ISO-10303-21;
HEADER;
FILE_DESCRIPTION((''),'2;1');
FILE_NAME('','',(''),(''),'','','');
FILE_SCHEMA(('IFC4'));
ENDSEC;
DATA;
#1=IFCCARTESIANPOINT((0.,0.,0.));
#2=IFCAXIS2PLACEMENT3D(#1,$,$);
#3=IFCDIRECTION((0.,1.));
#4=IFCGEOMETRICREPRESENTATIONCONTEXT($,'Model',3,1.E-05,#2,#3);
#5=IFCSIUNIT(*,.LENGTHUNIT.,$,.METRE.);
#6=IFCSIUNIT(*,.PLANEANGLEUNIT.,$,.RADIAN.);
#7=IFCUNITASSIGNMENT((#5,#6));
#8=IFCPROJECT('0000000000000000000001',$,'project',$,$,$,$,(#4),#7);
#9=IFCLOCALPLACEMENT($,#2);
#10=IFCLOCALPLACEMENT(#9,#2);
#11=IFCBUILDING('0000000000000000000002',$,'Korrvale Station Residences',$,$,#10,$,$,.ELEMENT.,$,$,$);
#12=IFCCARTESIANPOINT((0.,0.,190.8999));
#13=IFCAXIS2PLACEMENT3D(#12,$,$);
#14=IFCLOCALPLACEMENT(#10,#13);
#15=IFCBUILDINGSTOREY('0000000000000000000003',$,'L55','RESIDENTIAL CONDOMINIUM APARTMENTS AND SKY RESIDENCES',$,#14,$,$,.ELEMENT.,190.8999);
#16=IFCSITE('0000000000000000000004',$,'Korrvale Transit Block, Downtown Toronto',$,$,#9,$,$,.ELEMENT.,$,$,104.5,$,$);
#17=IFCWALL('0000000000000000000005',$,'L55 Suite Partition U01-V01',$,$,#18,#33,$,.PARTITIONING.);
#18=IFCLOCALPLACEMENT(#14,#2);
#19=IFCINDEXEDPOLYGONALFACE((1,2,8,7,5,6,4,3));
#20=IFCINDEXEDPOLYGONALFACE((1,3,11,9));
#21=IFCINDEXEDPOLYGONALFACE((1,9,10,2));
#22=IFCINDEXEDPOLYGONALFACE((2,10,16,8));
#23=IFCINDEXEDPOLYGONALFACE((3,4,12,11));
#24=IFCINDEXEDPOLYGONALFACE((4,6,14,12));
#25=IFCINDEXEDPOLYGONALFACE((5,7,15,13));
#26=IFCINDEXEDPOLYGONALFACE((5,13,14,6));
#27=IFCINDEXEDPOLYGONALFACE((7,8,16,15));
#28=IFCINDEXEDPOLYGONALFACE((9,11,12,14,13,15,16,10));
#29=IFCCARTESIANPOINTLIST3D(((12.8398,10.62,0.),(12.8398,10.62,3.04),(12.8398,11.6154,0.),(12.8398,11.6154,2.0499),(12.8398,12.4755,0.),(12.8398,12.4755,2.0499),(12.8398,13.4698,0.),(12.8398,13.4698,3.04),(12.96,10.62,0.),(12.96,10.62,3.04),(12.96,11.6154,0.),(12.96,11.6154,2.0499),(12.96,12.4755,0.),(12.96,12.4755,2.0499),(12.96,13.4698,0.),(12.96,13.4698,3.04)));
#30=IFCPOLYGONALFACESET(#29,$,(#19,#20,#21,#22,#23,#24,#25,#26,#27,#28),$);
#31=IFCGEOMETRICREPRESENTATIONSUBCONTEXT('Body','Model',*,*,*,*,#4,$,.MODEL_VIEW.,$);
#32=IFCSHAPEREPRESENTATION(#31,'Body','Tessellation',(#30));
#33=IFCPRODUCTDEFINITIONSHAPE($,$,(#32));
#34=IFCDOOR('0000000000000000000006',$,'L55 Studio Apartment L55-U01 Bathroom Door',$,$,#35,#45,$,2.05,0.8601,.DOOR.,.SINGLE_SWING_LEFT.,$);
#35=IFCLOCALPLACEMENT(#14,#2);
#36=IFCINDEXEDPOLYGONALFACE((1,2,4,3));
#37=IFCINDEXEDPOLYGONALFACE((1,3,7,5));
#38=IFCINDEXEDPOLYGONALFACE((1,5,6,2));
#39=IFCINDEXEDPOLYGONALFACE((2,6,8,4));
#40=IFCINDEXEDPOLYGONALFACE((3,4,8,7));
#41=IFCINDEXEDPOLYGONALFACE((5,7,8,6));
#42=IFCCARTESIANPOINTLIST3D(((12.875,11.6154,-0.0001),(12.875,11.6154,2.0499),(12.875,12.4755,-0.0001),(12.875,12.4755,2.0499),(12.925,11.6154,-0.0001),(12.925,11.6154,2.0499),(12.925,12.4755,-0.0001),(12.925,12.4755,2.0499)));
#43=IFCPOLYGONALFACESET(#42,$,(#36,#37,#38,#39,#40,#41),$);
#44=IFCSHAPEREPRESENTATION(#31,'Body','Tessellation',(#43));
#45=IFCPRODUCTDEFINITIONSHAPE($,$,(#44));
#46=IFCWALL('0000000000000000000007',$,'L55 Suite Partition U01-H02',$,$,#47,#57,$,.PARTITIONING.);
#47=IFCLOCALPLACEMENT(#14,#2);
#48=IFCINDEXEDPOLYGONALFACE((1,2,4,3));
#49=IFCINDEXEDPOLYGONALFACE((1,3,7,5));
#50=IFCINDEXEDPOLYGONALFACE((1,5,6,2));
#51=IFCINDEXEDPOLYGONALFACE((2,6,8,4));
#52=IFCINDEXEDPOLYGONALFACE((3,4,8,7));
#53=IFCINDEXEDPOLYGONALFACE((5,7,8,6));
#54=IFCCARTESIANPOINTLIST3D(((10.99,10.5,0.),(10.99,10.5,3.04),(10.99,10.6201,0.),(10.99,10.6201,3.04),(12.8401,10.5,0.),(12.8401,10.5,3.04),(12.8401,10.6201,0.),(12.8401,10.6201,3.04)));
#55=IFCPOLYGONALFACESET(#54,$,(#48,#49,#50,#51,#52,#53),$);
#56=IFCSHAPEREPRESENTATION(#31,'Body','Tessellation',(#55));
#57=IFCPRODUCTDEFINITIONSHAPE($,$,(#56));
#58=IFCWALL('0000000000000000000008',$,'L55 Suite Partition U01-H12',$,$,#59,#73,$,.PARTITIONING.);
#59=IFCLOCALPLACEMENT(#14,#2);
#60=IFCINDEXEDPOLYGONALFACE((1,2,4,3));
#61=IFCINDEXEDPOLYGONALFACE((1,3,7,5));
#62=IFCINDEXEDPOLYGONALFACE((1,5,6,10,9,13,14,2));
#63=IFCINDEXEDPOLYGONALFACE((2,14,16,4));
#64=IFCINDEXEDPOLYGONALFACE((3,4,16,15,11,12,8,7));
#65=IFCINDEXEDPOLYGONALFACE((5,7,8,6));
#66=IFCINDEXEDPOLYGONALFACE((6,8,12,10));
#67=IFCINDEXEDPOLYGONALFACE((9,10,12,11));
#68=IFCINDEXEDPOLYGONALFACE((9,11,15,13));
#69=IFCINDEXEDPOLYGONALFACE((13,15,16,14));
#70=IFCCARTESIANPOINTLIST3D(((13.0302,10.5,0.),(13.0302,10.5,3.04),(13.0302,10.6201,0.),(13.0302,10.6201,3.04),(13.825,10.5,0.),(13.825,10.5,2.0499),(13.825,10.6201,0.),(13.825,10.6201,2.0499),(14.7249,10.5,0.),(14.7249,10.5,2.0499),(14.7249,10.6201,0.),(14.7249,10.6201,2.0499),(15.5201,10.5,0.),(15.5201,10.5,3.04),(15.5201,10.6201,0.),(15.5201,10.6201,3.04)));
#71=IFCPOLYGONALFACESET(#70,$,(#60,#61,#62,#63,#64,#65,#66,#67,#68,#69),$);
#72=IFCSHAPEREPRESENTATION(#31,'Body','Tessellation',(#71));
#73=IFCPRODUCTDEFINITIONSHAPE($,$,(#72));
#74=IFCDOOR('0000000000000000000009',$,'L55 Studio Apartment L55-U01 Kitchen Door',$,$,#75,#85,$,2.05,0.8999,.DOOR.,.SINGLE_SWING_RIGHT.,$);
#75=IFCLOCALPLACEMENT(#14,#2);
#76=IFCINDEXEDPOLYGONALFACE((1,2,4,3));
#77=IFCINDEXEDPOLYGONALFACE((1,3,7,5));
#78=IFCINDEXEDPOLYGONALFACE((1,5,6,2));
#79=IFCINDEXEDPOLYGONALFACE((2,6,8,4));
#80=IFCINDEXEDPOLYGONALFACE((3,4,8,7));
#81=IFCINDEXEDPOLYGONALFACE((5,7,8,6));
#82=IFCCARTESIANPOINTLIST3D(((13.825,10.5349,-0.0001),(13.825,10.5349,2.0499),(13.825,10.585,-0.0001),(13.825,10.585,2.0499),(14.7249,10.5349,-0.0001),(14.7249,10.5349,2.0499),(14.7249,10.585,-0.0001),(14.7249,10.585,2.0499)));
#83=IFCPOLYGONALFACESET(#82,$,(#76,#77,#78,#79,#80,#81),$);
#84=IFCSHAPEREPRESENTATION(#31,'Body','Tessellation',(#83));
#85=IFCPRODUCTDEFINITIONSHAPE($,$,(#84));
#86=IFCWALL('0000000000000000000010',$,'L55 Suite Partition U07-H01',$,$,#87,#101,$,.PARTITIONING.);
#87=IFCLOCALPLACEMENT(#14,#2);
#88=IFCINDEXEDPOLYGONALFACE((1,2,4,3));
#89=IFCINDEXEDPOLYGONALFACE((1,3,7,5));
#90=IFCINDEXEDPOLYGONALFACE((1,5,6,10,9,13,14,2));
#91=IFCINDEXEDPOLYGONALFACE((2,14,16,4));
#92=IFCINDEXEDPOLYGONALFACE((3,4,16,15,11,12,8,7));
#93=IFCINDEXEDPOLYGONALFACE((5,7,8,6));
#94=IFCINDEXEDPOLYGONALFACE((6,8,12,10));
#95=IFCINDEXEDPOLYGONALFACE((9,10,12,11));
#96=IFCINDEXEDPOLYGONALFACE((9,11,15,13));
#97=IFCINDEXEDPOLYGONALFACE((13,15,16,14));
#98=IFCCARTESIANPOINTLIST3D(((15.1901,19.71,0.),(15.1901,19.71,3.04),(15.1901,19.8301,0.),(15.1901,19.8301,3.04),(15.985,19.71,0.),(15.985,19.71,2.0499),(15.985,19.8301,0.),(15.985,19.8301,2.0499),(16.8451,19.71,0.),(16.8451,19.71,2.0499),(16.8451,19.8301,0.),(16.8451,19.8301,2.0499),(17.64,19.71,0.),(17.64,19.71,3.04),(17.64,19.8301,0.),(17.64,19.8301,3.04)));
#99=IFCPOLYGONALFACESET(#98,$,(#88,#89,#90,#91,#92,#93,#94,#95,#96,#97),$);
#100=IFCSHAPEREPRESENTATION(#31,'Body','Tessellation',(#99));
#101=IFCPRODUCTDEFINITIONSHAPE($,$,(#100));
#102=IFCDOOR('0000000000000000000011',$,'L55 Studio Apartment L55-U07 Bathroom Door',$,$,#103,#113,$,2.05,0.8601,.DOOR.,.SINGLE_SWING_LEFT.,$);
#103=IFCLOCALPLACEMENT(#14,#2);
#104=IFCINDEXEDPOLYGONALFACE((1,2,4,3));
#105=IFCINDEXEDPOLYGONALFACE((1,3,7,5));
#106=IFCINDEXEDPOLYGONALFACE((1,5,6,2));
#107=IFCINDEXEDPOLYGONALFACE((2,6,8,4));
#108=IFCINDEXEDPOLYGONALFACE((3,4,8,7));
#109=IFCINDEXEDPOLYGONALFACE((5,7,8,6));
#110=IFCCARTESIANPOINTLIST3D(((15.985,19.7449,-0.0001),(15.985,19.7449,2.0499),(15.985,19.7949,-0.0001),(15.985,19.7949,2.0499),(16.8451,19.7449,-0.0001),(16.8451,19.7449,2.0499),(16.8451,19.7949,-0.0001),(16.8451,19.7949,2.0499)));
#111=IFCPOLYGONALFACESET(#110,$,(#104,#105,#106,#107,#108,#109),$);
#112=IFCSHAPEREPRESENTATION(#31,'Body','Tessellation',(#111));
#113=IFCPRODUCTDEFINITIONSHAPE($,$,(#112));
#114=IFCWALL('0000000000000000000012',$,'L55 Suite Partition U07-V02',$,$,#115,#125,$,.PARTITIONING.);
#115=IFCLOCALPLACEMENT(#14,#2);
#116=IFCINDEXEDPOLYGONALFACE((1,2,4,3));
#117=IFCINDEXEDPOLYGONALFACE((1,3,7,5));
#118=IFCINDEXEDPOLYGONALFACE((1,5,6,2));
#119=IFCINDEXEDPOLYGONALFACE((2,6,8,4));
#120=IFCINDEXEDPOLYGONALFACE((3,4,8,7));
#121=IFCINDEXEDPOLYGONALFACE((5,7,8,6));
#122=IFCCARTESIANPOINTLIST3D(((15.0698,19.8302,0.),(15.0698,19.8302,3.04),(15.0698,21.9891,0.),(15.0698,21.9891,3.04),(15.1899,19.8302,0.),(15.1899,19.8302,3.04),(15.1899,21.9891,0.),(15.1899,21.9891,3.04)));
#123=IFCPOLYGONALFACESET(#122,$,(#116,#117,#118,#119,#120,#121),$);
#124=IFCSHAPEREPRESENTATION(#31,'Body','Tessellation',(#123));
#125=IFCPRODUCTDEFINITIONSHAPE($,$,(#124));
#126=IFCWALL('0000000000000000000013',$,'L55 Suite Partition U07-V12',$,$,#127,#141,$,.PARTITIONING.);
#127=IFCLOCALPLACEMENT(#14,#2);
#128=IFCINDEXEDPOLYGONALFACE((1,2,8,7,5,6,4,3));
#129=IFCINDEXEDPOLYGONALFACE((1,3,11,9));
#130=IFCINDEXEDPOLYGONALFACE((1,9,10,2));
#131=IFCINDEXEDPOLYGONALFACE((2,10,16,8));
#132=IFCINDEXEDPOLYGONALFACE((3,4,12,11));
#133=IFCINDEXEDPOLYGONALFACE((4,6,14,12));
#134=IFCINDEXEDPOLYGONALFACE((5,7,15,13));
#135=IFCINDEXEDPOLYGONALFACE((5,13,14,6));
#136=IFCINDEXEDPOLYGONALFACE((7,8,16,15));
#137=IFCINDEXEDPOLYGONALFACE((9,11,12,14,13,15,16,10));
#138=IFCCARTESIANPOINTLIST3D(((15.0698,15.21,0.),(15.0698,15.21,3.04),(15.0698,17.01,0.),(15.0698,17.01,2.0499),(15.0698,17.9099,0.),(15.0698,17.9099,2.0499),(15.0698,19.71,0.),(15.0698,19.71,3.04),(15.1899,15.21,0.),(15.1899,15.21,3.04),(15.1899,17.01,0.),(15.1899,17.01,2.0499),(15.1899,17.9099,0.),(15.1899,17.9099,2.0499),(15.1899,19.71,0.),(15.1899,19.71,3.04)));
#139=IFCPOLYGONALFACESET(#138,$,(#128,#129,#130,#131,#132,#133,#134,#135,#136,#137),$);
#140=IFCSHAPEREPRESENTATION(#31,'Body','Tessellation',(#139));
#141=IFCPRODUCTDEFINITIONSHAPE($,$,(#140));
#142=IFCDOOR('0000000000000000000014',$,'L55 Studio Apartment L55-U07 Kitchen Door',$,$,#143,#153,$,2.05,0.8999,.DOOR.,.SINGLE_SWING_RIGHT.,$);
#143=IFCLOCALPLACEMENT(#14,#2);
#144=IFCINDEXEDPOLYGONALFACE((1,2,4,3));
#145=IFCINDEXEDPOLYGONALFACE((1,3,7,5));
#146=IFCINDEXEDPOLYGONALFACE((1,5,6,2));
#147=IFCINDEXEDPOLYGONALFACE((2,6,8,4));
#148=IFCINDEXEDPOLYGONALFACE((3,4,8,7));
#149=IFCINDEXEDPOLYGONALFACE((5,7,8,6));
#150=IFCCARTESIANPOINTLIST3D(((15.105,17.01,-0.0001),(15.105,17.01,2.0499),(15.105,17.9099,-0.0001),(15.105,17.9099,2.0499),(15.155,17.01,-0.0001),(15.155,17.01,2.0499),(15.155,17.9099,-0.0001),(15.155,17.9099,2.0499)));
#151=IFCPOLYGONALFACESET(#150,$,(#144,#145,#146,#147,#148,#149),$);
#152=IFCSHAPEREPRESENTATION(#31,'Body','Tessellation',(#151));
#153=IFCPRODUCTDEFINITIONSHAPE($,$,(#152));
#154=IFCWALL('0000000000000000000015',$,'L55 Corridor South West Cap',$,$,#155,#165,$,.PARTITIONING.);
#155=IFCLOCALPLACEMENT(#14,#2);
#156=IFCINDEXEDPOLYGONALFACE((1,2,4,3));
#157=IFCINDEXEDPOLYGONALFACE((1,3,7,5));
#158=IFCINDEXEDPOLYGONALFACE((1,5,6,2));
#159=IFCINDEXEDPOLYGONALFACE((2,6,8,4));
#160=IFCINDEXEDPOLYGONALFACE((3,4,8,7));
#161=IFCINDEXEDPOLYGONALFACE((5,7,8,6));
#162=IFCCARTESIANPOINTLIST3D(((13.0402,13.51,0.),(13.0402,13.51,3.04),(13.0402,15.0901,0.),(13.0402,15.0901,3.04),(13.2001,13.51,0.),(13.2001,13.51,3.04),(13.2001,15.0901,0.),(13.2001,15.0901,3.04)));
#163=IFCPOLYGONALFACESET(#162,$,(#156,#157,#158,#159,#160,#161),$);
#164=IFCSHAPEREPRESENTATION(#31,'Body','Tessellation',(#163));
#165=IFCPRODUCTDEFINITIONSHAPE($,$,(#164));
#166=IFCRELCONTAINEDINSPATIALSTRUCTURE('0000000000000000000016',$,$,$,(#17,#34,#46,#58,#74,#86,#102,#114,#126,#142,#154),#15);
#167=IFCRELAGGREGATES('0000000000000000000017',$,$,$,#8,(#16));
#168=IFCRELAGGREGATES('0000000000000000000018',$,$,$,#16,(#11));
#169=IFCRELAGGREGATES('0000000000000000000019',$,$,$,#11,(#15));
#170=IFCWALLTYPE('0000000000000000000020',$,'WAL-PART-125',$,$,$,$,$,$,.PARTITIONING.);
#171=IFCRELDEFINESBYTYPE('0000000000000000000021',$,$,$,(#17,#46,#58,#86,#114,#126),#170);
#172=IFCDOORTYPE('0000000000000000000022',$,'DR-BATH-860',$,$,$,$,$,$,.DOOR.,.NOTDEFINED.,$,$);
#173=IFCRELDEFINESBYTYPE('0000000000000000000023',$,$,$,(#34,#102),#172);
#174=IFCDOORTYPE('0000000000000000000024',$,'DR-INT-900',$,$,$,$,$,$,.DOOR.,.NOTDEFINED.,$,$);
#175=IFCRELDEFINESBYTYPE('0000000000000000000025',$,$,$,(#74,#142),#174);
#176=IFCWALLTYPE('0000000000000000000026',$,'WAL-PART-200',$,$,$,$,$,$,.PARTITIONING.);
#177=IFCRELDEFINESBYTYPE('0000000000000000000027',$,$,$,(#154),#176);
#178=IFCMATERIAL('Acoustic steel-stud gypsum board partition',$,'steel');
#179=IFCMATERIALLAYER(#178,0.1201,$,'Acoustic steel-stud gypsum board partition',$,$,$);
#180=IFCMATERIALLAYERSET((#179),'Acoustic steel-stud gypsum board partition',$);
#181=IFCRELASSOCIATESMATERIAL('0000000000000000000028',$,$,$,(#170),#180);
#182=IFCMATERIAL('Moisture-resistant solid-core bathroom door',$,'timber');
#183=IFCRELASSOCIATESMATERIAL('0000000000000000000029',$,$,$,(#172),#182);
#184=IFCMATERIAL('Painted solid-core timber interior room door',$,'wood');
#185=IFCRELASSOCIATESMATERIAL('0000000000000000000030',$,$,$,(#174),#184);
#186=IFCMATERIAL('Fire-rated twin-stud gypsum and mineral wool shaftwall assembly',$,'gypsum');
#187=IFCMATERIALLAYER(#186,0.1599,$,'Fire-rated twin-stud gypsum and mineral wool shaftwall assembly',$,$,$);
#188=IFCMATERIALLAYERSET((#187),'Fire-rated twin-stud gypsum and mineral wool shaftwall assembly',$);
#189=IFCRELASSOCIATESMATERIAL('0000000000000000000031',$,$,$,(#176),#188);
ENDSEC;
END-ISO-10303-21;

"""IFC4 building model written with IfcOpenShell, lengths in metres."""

from ifc_helpers import new_model, si_unit, direction, frame, frame_2d, origin, place, context, subcontext, project, spatial, rectangle, extrude, material, layer, layer_set, type_object, element, fill, save


model = new_model("IFC4")

# Units and contexts
model_context = context("Model", 3, precision=1e-05, world=origin(), true_north=direction((0.0, 1.0)))
body_context = subcontext(model_context, "Body", "Model", "MODEL_VIEW")
ifc_project = project(units=[si_unit("LENGTHUNIT", "METRE"), si_unit("PLANEANGLEUNIT", "RADIAN")], contexts=[model_context])

# Site, building, storey
site_placement = place(None, origin())
site = spatial("IfcSite", under=ifc_project, at=site_placement, Name="Korrvale Transit Block, Downtown Toronto", CompositionType="ELEMENT", RefElevation=104.5)
building_placement = place(site_placement, origin())
building = spatial("IfcBuilding", under=site, at=building_placement, Name="Korrvale Station Residences", CompositionType="ELEMENT")
storey_placement = place(building_placement, frame((0.0, 0.0, 190.8999)))
storey = spatial("IfcBuildingStorey", under=building, at=storey_placement, Name="L55", Description="RESIDENTIAL CONDOMINIUM APARTMENTS AND SKY RESIDENCES", CompositionType="ELEMENT", Elevation=190.8999)

# Wall, opening, door
ifc_material_1 = material(Name="Acoustic steel-stud gypsum board partition", Category="steel")
ifc_layer_1 = layer(ifc_material_1, 0.1201, Name="Acoustic steel-stud gypsum board partition")
ifc_layer_set_1 = layer_set([ifc_layer_1], Name="Acoustic steel-stud gypsum board partition")
wall_type_1 = type_object("IfcWallType", Name="WAL-PART-125", PredefinedType="PARTITIONING", material=ifc_layer_set_1)
wall_1_placement = place(storey_placement, frame((12.8999, 10.6201, 0.0), z_axis=(0.0, 0.0, 1.0), x_axis=(0.0, 1.0, 0.0)))
wall_1 = element("IfcWall", 1, at=wall_1_placement, inside=storey, type_object=wall_type_1, Name="L55 Suite Partition U01-V01", PredefinedType="PARTITIONING", context=body_context, shape_type="SweptSolid", body=[
    extrude(rectangle(XDim=2.8499, YDim=0.1201, at=frame_2d((1.4248, 0.0))), origin(), (0.0, 0.0, 1.0), 3.04),
])
opening_1_placement = place(wall_1_placement, frame((0.9951, 0.0, 0.0)))
opening_1 = element("IfcOpeningElement", 2, at=opening_1_placement, cuts=wall_1, PredefinedType="OPENING", context=body_context, shape_type="SweptSolid", body=[
    extrude(rectangle(XDim=0.8601, YDim=2.05, at=frame_2d((0.4302, 1.0249))), frame((0.0, 0.0701, 0.0), z_axis=(0.0, -1.0, 0.0), x_axis=(1.0, 0.0, 0.0)), (0.0, 0.0, 1.0), 0.1401),
])
ifc_material_2 = material(Name="Moisture-resistant solid-core bathroom door", Category="timber")
door_type_1 = type_object("IfcDoorType", Name="DR-BATH-860", OperationType="NOTDEFINED", PredefinedType="DOOR", material=ifc_material_2)
door_1_placement = place(opening_1_placement, origin())
door_1 = element("IfcDoor", 3, at=door_1_placement, inside=storey, type_object=door_type_1, Name="L55 Studio Apartment L55-U01 Bathroom Door", OperationType="SINGLE_SWING_LEFT", OverallHeight=2.05, OverallWidth=0.8601, PredefinedType="DOOR", context=body_context, shape_type="SweptSolid", body=[
    extrude(rectangle(XDim=0.8601, YDim=2.05, at=frame_2d((0.4302, 1.0249))), frame((0.0, 0.0249, 0.0), z_axis=(0.0, -1.0, 0.0), x_axis=(1.0, 0.0, 0.0)), (0.0, 0.0, 1.0), 0.05),
])
fill(opening_1, door_1)

# Wall
wall_2_placement = place(storey_placement, frame((10.99, 10.5601, 0.0), z_axis=(0.0, 0.0, 1.0), x_axis=(1.0, 0.0, 0.0)))
element("IfcWall", 4, at=wall_2_placement, inside=storey, type_object=wall_type_1, Name="L55 Suite Partition U01-H02", PredefinedType="PARTITIONING", context=body_context, shape_type="SweptSolid", body=[
    extrude(rectangle(XDim=1.8501, YDim=0.1201, at=frame_2d((0.925, 0.0))), origin(), (0.0, 0.0, 1.0), 3.04),
])

# Walls, openings, doors
wall_3_placement = place(storey_placement, frame((13.03, 10.5601, 0.0), z_axis=(0.0, 0.0, 1.0), x_axis=(1.0, 0.0, 0.0)))
wall_3 = element("IfcWall", 5, at=wall_3_placement, inside=storey, type_object=wall_type_1, Name="L55 Suite Partition U01-H12", PredefinedType="PARTITIONING", context=body_context, shape_type="SweptSolid", body=[
    extrude(rectangle(XDim=2.49, YDim=0.1201, at=frame_2d((1.2451, 0.0))), origin(), (0.0, 0.0, 1.0), 3.04),
])
opening_2_placement = place(wall_3_placement, frame((0.7949, 0.0, 0.0)))
opening_2 = element("IfcOpeningElement", 6, at=opening_2_placement, cuts=wall_3, PredefinedType="OPENING", context=body_context, shape_type="SweptSolid", body=[
    extrude(rectangle(XDim=0.8999, YDim=2.05, at=frame_2d((0.45, 1.0249))), frame((0.0, 0.0701, 0.0), z_axis=(0.0, -1.0, 0.0), x_axis=(1.0, 0.0, 0.0)), (0.0, 0.0, 1.0), 0.1401),
])
ifc_material_3 = material(Name="Painted solid-core timber interior room door", Category="wood")
door_type_2 = type_object("IfcDoorType", Name="DR-INT-900", OperationType="NOTDEFINED", PredefinedType="DOOR", material=ifc_material_3)
door_2_placement = place(opening_2_placement, origin())
door_2 = element("IfcDoor", 7, at=door_2_placement, inside=storey, type_object=door_type_2, Name="L55 Studio Apartment L55-U01 Kitchen Door", OperationType="SINGLE_SWING_RIGHT", OverallHeight=2.05, OverallWidth=0.8999, PredefinedType="DOOR", context=body_context, shape_type="SweptSolid", body=[
    extrude(rectangle(XDim=0.8999, YDim=2.05, at=frame_2d((0.45, 1.0249))), frame((0.0, 0.0249, 0.0), z_axis=(0.0, -1.0, 0.0), x_axis=(1.0, 0.0, 0.0)), (0.0, 0.0, 1.0), 0.05),
])
fill(opening_2, door_2)
wall_4_placement = place(storey_placement, frame((15.1899, 19.77, 0.0), z_axis=(0.0, 0.0, 1.0), x_axis=(1.0, 0.0, 0.0)))
wall_4 = element("IfcWall", 8, at=wall_4_placement, inside=storey, type_object=wall_type_1, Name="L55 Suite Partition U07-H01", PredefinedType="PARTITIONING", context=body_context, shape_type="SweptSolid", body=[
    extrude(rectangle(XDim=2.45, YDim=0.1201, at=frame_2d((1.2251, 0.0))), origin(), (0.0, 0.0, 1.0), 3.04),
])
opening_3_placement = place(wall_4_placement, frame((0.7949, 0.0, 0.0)))
opening_3 = element("IfcOpeningElement", 9, at=opening_3_placement, cuts=wall_4, PredefinedType="OPENING", context=body_context, shape_type="SweptSolid", body=[
    extrude(rectangle(XDim=0.8601, YDim=2.05, at=frame_2d((0.4302, 1.0249))), frame((0.0, 0.0701, 0.0), z_axis=(0.0, -1.0, 0.0), x_axis=(1.0, 0.0, 0.0)), (0.0, 0.0, 1.0), 0.1401),
])
door_3_placement = place(opening_3_placement, origin())
door_3 = element("IfcDoor", 10, at=door_3_placement, inside=storey, type_object=door_type_1, Name="L55 Studio Apartment L55-U07 Bathroom Door", OperationType="SINGLE_SWING_LEFT", OverallHeight=2.05, OverallWidth=0.8601, PredefinedType="DOOR", context=body_context, shape_type="SweptSolid", body=[
    extrude(rectangle(XDim=0.8601, YDim=2.05, at=frame_2d((0.4302, 1.0249))), frame((0.0, 0.0249, 0.0), z_axis=(0.0, -1.0, 0.0), x_axis=(1.0, 0.0, 0.0)), (0.0, 0.0, 1.0), 0.05),
])
fill(opening_3, door_3)

# Wall
wall_5_placement = place(storey_placement, frame((15.1299, 19.8301, 0.0), z_axis=(0.0, 0.0, 1.0), x_axis=(0.0, 1.0, 0.0)))
element("IfcWall", 11, at=wall_5_placement, inside=storey, type_object=wall_type_1, Name="L55 Suite Partition U07-V02", PredefinedType="PARTITIONING", context=body_context, shape_type="SweptSolid", body=[
    extrude(rectangle(XDim=2.1589, YDim=0.1201, at=frame_2d((1.0796, 0.0))), origin(), (0.0, 0.0, 1.0), 3.04),
])

# Wall, opening, door
wall_6_placement = place(storey_placement, frame((15.1299, 15.21, 0.0), z_axis=(0.0, 0.0, 1.0), x_axis=(0.0, 1.0, 0.0)))
wall_6 = element("IfcWall", 12, at=wall_6_placement, inside=storey, type_object=wall_type_1, Name="L55 Suite Partition U07-V12", PredefinedType="PARTITIONING", context=body_context, shape_type="SweptSolid", body=[
    extrude(rectangle(XDim=4.5, YDim=0.1201, at=frame_2d((2.25, 0.0))), origin(), (0.0, 0.0, 1.0), 3.04),
])
opening_4_placement = place(wall_6_placement, frame((1.8, 0.0, 0.0)))
opening_4 = element("IfcOpeningElement", 13, at=opening_4_placement, cuts=wall_6, PredefinedType="OPENING", context=body_context, shape_type="SweptSolid", body=[
    extrude(rectangle(XDim=0.8999, YDim=2.05, at=frame_2d((0.45, 1.0249))), frame((0.0, 0.0701, 0.0), z_axis=(0.0, -1.0, 0.0), x_axis=(1.0, 0.0, 0.0)), (0.0, 0.0, 1.0), 0.1401),
])
door_4_placement = place(opening_4_placement, origin())
door_4 = element("IfcDoor", 14, at=door_4_placement, inside=storey, type_object=door_type_2, Name="L55 Studio Apartment L55-U07 Kitchen Door", OperationType="SINGLE_SWING_RIGHT", OverallHeight=2.05, OverallWidth=0.8999, PredefinedType="DOOR", context=body_context, shape_type="SweptSolid", body=[
    extrude(rectangle(XDim=0.8999, YDim=2.05, at=frame_2d((0.45, 1.0249))), frame((0.0, 0.0249, 0.0), z_axis=(0.0, -1.0, 0.0), x_axis=(1.0, 0.0, 0.0)), (0.0, 0.0, 1.0), 0.05),
])
fill(opening_4, door_4)

# Wall
ifc_material_4 = material(Name="Fire-rated twin-stud gypsum and mineral wool shaftwall assembly", Category="gypsum")
ifc_layer_2 = layer(ifc_material_4, 0.1599, Name="Fire-rated twin-stud gypsum and mineral wool shaftwall assembly")
ifc_layer_set_2 = layer_set([ifc_layer_2], Name="Fire-rated twin-stud gypsum and mineral wool shaftwall assembly")
wall_type_2 = type_object("IfcWallType", Name="WAL-PART-200", PredefinedType="PARTITIONING", material=ifc_layer_set_2)
wall_7_placement = place(storey_placement, frame((13.1201, 13.51, 0.0), z_axis=(0.0, 0.0, 1.0), x_axis=(0.0, 1.0, 0.0)))
element("IfcWall", 15, at=wall_7_placement, inside=storey, type_object=wall_type_2, Name="L55 Corridor South West Cap", PredefinedType="PARTITIONING", context=body_context, shape_type="SweptSolid", body=[
    extrude(rectangle(XDim=1.5801, YDim=0.1599, at=frame_2d((0.79, 0.0))), origin(), (0.0, 0.0, 1.0), 3.04),
])

save(model, "model.ifc")
